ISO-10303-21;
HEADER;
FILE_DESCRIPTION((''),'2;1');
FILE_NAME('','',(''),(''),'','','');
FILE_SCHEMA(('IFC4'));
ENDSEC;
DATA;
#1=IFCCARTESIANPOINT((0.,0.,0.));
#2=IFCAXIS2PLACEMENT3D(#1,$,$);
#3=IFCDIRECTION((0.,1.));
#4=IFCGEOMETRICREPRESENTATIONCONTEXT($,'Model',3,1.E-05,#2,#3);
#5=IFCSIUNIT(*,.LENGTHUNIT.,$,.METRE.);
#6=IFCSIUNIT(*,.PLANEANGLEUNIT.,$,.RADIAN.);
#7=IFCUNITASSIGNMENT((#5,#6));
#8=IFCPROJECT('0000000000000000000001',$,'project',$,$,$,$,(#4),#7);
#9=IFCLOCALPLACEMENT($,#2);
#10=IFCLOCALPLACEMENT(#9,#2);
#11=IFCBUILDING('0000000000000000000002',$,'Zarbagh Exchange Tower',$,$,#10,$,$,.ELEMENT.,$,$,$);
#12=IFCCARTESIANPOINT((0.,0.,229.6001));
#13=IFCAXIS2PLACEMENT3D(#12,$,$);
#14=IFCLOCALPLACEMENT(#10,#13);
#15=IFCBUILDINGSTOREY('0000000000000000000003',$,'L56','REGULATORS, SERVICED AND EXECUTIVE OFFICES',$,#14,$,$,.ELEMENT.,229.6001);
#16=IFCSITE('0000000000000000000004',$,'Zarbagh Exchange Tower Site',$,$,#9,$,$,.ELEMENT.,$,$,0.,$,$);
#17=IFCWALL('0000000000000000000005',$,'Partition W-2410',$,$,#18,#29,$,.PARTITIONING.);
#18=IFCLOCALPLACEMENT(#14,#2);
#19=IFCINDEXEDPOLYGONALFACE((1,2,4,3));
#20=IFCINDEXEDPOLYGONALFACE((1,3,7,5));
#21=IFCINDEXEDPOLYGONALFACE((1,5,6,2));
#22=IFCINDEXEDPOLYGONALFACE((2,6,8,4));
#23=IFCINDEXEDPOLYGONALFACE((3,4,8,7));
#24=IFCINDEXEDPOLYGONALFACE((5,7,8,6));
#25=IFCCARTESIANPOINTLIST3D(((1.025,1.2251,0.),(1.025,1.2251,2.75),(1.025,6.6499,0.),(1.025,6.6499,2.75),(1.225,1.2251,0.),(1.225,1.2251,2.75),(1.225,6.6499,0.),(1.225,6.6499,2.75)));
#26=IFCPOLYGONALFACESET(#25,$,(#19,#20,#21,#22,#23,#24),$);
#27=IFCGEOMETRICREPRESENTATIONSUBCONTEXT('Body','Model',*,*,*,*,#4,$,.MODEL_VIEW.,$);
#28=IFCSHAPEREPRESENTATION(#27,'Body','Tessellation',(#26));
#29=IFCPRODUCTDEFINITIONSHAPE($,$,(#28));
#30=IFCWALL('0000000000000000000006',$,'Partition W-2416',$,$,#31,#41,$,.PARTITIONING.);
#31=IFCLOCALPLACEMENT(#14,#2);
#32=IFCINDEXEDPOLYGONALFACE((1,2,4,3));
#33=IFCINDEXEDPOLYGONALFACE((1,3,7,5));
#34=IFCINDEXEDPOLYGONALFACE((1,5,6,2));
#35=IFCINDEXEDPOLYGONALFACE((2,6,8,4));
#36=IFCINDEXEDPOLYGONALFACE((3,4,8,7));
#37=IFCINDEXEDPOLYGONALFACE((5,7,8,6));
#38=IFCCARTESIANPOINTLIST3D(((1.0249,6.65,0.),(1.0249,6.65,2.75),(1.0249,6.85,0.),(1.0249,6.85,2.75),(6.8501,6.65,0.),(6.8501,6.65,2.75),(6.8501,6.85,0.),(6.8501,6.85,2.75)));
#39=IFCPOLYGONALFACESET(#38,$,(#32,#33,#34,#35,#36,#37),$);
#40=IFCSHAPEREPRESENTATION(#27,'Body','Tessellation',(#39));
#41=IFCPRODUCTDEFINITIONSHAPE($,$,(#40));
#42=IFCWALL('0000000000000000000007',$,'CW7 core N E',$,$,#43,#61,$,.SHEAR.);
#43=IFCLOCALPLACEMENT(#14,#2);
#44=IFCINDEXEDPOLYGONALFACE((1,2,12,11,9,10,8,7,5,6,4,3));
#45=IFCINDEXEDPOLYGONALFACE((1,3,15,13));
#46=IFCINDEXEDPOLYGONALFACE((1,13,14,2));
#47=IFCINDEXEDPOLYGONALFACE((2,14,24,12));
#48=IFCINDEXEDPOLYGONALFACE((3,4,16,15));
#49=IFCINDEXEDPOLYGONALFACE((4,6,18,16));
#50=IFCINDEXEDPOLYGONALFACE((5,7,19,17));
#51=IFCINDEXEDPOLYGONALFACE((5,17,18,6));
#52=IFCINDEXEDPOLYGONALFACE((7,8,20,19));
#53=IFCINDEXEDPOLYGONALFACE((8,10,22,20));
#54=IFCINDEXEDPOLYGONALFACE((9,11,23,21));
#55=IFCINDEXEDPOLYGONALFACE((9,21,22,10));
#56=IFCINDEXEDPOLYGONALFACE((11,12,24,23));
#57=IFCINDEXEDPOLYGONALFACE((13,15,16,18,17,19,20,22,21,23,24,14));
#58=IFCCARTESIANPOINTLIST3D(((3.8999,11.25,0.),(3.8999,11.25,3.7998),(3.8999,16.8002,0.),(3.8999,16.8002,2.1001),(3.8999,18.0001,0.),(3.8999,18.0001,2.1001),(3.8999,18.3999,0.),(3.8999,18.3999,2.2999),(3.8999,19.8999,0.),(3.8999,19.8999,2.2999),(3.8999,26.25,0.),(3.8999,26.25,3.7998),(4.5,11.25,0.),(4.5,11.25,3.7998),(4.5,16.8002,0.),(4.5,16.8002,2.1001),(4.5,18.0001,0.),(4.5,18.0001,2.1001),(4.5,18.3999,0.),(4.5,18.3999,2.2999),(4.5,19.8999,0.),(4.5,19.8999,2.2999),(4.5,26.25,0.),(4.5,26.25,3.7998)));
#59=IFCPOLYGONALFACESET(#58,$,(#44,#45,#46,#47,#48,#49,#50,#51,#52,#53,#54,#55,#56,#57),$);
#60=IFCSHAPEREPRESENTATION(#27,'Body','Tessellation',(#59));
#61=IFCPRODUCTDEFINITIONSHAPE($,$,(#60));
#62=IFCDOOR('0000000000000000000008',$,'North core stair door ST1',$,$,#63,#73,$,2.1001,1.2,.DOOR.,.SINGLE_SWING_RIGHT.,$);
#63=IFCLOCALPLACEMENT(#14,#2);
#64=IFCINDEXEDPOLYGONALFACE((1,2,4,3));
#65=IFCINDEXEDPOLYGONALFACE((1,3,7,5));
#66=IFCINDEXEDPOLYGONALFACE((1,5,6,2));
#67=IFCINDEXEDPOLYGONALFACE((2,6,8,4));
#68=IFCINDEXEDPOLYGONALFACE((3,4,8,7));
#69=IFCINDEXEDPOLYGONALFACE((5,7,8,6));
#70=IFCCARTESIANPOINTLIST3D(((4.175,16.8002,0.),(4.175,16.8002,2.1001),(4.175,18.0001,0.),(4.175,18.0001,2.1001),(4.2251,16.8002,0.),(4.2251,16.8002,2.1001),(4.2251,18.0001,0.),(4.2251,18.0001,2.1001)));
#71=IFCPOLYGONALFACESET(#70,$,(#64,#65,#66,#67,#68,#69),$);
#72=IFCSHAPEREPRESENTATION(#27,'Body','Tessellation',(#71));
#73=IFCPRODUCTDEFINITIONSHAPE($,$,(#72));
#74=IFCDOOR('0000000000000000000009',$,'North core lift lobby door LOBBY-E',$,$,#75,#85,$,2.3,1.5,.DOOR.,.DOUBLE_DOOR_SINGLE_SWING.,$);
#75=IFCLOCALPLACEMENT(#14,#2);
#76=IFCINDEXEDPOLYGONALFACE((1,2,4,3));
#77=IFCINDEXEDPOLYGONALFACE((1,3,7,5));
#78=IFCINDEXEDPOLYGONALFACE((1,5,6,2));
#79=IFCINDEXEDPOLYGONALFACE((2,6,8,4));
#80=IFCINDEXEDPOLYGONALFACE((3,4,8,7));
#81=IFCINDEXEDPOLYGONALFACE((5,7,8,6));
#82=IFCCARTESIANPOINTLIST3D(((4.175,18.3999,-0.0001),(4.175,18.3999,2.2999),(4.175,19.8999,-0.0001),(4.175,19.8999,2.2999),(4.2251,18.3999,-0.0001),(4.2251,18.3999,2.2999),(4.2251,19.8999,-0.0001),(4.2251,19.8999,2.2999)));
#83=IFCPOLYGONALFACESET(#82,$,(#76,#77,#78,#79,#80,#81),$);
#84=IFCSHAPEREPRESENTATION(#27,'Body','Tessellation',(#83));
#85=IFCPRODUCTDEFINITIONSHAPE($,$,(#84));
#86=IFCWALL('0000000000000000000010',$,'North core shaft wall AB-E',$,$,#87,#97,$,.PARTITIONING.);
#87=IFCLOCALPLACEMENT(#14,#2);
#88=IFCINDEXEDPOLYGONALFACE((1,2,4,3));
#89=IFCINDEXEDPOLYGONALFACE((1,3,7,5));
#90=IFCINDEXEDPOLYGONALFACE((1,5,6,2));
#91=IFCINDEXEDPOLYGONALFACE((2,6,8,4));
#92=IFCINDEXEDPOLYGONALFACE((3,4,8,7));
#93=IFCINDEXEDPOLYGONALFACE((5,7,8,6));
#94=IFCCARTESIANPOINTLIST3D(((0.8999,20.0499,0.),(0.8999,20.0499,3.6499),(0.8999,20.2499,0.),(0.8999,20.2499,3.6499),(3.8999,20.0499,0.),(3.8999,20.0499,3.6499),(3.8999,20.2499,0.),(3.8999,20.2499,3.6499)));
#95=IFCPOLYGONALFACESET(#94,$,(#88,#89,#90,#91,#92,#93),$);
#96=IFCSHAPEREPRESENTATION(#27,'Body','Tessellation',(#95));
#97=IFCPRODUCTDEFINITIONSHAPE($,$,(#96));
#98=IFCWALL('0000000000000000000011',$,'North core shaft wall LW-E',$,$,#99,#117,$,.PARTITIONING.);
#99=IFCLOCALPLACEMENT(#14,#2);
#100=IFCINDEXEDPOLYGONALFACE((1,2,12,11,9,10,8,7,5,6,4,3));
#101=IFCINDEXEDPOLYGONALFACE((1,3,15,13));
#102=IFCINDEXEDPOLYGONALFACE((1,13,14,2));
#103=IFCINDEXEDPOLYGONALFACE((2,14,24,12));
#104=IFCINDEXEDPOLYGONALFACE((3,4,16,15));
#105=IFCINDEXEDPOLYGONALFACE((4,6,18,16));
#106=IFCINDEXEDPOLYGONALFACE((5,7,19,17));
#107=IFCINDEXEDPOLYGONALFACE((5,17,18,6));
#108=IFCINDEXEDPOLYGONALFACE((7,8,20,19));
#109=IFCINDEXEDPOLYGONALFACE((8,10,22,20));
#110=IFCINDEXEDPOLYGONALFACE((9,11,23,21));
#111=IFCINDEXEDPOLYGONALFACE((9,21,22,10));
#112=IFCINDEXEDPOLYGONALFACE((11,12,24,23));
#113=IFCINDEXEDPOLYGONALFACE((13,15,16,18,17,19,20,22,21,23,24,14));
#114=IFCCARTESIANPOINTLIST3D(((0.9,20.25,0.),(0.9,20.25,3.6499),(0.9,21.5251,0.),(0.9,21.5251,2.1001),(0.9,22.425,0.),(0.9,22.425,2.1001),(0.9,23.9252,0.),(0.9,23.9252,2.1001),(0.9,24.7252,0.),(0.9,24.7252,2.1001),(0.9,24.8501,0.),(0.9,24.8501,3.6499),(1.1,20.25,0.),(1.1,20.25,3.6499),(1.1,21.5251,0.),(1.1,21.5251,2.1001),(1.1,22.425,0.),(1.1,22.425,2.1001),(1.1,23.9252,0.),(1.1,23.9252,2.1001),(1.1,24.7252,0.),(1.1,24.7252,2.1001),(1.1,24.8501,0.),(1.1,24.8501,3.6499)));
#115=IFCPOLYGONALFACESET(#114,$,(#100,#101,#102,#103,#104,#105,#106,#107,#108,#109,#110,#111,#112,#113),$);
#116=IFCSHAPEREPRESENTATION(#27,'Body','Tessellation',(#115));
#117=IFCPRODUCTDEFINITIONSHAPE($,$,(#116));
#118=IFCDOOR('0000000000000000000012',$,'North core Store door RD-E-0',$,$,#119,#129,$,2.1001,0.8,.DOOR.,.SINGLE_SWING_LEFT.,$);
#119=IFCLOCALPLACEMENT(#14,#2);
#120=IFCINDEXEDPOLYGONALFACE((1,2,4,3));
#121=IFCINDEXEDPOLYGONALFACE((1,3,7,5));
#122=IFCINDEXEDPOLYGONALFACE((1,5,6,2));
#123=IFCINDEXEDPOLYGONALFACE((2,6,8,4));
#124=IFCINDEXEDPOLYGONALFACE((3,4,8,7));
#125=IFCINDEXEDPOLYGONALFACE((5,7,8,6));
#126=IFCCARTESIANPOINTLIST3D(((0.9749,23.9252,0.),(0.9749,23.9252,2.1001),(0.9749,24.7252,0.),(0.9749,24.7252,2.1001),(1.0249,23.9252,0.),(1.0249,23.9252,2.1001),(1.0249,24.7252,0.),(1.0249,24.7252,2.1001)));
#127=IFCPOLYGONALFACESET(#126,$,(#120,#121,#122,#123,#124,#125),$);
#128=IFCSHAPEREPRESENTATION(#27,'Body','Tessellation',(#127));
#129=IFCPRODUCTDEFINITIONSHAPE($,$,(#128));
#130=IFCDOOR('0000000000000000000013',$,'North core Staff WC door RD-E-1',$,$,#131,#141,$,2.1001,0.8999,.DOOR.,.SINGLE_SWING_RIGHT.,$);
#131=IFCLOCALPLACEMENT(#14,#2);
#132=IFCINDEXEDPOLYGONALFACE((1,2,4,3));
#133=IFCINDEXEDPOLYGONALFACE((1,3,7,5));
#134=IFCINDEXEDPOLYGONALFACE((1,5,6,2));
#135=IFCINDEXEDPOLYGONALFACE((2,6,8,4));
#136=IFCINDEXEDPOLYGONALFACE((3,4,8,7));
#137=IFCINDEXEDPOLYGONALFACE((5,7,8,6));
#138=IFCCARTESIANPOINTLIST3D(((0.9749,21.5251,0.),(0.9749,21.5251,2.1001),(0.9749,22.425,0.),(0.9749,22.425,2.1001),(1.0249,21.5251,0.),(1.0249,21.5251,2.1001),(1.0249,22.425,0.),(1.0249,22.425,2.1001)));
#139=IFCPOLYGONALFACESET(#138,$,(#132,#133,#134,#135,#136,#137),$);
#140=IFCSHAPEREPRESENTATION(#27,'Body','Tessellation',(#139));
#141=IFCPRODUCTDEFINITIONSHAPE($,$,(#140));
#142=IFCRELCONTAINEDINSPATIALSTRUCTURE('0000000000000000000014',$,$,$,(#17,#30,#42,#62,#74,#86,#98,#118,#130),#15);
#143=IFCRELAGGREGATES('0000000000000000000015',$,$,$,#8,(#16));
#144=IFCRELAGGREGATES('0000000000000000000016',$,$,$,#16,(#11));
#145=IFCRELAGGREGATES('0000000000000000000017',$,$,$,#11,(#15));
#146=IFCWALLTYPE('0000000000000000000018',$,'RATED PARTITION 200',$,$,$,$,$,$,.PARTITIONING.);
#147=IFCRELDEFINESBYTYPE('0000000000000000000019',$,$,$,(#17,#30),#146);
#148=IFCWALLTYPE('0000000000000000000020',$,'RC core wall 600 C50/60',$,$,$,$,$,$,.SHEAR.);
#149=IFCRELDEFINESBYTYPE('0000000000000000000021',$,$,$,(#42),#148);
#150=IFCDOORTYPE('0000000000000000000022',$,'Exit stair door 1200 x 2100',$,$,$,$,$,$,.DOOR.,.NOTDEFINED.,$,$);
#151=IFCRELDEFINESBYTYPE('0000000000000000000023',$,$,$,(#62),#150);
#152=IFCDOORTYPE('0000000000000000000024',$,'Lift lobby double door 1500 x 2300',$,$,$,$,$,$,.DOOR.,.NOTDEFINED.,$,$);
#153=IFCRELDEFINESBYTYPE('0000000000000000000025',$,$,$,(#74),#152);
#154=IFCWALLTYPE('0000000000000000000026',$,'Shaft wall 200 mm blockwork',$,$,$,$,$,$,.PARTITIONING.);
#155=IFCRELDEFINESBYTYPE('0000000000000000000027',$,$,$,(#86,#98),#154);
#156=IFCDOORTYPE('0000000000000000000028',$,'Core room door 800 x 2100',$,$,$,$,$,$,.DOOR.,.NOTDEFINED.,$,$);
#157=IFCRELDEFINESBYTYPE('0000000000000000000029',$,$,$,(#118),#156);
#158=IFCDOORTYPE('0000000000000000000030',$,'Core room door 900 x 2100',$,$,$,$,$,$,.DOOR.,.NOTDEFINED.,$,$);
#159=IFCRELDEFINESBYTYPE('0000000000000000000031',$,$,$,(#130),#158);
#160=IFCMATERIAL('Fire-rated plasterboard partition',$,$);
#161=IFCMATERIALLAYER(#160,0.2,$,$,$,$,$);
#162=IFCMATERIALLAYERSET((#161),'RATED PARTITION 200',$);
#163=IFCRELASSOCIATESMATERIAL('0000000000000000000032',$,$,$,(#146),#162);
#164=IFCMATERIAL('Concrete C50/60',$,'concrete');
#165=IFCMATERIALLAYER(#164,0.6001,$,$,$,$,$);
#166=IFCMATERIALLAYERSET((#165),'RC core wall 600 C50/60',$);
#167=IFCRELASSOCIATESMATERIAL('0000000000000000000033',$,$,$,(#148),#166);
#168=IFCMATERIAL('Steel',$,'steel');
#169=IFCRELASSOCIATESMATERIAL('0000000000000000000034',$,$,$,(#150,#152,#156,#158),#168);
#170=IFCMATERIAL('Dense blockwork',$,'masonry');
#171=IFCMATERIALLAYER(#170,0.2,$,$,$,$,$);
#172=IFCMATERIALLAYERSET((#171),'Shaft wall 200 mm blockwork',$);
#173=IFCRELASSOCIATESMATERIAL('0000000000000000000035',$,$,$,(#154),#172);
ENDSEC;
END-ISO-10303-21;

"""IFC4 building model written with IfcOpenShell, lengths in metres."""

from ifc_helpers import new_model, si_unit, direction, frame, frame_2d, origin, place, context, subcontext, project, spatial, rectangle, extrude, material, layer, layer_set, type_object, element, fill, save


model = new_model("IFC4")

# Units and contexts
model_context = context("Model", 3, precision=1e-05, world=origin(), true_north=direction((0.0, 1.0)))
body_context = subcontext(model_context, "Body", "Model", "MODEL_VIEW")
ifc_project = project(units=[si_unit("LENGTHUNIT", "METRE"), si_unit("PLANEANGLEUNIT", "RADIAN")], contexts=[model_context])

# Site, building, storey
site_placement = place(None, origin())
site = spatial("IfcSite", under=ifc_project, at=site_placement, Name="Zarbagh Exchange Tower Site", CompositionType="ELEMENT", RefElevation=0.0)
building_placement = place(site_placement, origin())
building = spatial("IfcBuilding", under=site, at=building_placement, Name="Zarbagh Exchange Tower", CompositionType="ELEMENT")
storey_placement = place(building_placement, frame((0.0, 0.0, 229.6001)))
storey = spatial("IfcBuildingStorey", under=building, at=storey_placement, Name="L56", Description="REGULATORS, SERVICED AND EXECUTIVE OFFICES", CompositionType="ELEMENT", Elevation=229.6001)

# Shared definitions
ifc_material_1 = material(Name="Concrete C50/60", Category="concrete")

# Shared definitions
ifc_material_2 = material(Name="Dense blockwork", Category="masonry")

# Shared definitions
ifc_material_3 = material(Name="Fire-rated plasterboard partition")
ifc_layer_1 = layer(ifc_material_3, 0.2)
ifc_layer_set_1 = layer_set([ifc_layer_1], Name="RATED PARTITION 200")
wall_type_1 = type_object("IfcWallType", Name="RATED PARTITION 200", PredefinedType="PARTITIONING", material=ifc_layer_set_1)

# Walls
wall_1_placement = place(storey_placement, frame((1.125, 1.2251, 0.0), z_axis=(0.0, 0.0, 1.0), x_axis=(0.0, 1.0, 0.0)))
element("IfcWall", 1, at=wall_1_placement, inside=storey, type_object=wall_type_1, Name="Partition W-2410", PredefinedType="PARTITIONING", context=body_context, shape_type="SweptSolid", body=[
    extrude(rectangle(XDim=5.4248, YDim=0.2, at=frame_2d((2.7124, 0.0))), origin(), (0.0, 0.0, 1.0), 2.75),
])
wall_2_placement = place(storey_placement, frame((1.0249, 6.75, 0.0), z_axis=(0.0, 0.0, 1.0), x_axis=(1.0, 0.0, 0.0)))
element("IfcWall", 2, at=wall_2_placement, inside=storey, type_object=wall_type_1, Name="Partition W-2416", PredefinedType="PARTITIONING", context=body_context, shape_type="SweptSolid", body=[
    extrude(rectangle(XDim=5.8252, YDim=0.2, at=frame_2d((2.9126, 0.0))), origin(), (0.0, 0.0, 1.0), 2.75),
])

# Wall, openings, doors
ifc_layer_2 = layer(ifc_material_1, 0.6001)
ifc_layer_set_2 = layer_set([ifc_layer_2], Name="RC core wall 600 C50/60")
wall_type_2 = type_object("IfcWallType", Name="RC core wall 600 C50/60", PredefinedType="SHEAR", material=ifc_layer_set_2)
wall_3_placement = place(storey_placement, frame((4.2, 11.25, 0.0), z_axis=(0.0, 0.0, 1.0), x_axis=(0.0, 1.0, 0.0)))
wall_3 = element("IfcWall", 3, at=wall_3_placement, inside=storey, type_object=wall_type_2, Name="CW7 core N E", PredefinedType="SHEAR", context=body_context, shape_type="SweptSolid", body=[
    extrude(rectangle(XDim=15.0, YDim=0.6001, at=frame_2d((7.5, 0.0))), origin(), (0.0, 0.0, 1.0), 3.7998),
])
opening_1_placement = place(wall_3_placement, frame((7.1499, 0.0, 0.0)))
opening_1 = element("IfcOpeningElement", 4, at=opening_1_placement, cuts=wall_3, PredefinedType="OPENING", context=body_context, shape_type="SweptSolid", body=[
    extrude(rectangle(XDim=1.5, YDim=2.3, at=frame_2d((0.75, 1.1499))), frame((0.0, 0.3101, 0.0), z_axis=(0.0, -1.0, 0.0), x_axis=(1.0, 0.0, 0.0)), (0.0, 0.0, 1.0), 0.6201),
])
opening_2_placement = place(wall_3_placement, frame((5.55, 0.0, 0.0)))
opening_2 = element("IfcOpeningElement", 5, at=opening_2_placement, cuts=wall_3, PredefinedType="OPENING", context=body_context, shape_type="SweptSolid", body=[
    extrude(rectangle(XDim=1.2, YDim=2.1001, at=frame_2d((0.6001, 1.05))), frame((0.0, 0.3101, 0.0), z_axis=(0.0, -1.0, 0.0), x_axis=(1.0, 0.0, 0.0)), (0.0, 0.0, 1.0), 0.6201),
])
ifc_material_4 = material(Name="Steel", Category="steel")
door_type_1 = type_object("IfcDoorType", Name="Exit stair door 1200 x 2100", OperationType="NOTDEFINED", PredefinedType="DOOR", material=ifc_material_4)
door_1_placement = place(opening_2_placement, origin())
door_1 = element("IfcDoor", 6, at=door_1_placement, inside=storey, type_object=door_type_1, Name="North core stair door ST1", OperationType="SINGLE_SWING_RIGHT", OverallHeight=2.1001, OverallWidth=1.2, PredefinedType="DOOR", context=body_context, shape_type="SweptSolid", body=[
    extrude(rectangle(XDim=1.2, YDim=2.1001, at=frame_2d((0.6001, 1.05))), frame((0.0, 0.0249, 0.0), z_axis=(0.0, -1.0, 0.0), x_axis=(1.0, 0.0, 0.0)), (0.0, 0.0, 1.0), 0.05),
])
fill(opening_2, door_1)
door_type_2 = type_object("IfcDoorType", Name="Lift lobby double door 1500 x 2300", OperationType="NOTDEFINED", PredefinedType="DOOR", material=ifc_material_4)
door_2_placement = place(opening_1_placement, origin())
door_2 = element("IfcDoor", 7, at=door_2_placement, inside=storey, type_object=door_type_2, Name="North core lift lobby door LOBBY-E", OperationType="DOUBLE_DOOR_SINGLE_SWING", OverallHeight=2.3, OverallWidth=1.5, PredefinedType="DOOR", context=body_context, shape_type="SweptSolid", body=[
    extrude(rectangle(XDim=1.5, YDim=2.3, at=frame_2d((0.75, 1.1499))), frame((0.0, 0.0249, 0.0), z_axis=(0.0, -1.0, 0.0), x_axis=(1.0, 0.0, 0.0)), (0.0, 0.0, 1.0), 0.05),
])
fill(opening_1, door_2)

# Wall
ifc_layer_3 = layer(ifc_material_2, 0.2)
ifc_layer_set_3 = layer_set([ifc_layer_3], Name="Shaft wall 200 mm blockwork")
wall_type_3 = type_object("IfcWallType", Name="Shaft wall 200 mm blockwork", PredefinedType="PARTITIONING", material=ifc_layer_set_3)
wall_4_placement = place(storey_placement, frame((0.8999, 20.1499, 0.0), z_axis=(0.0, 0.0, 1.0), x_axis=(1.0, 0.0, 0.0)))
element("IfcWall", 8, at=wall_4_placement, inside=storey, type_object=wall_type_3, Name="North core shaft wall AB-E", PredefinedType="PARTITIONING", context=body_context, shape_type="SweptSolid", body=[
    extrude(rectangle(XDim=3.0, YDim=0.2, at=frame_2d((1.5, 0.0))), origin(), (0.0, 0.0, 1.0), 3.6499),
])

# Wall, openings, doors
wall_5_placement = place(storey_placement, frame((1.0, 24.8501, 0.0), z_axis=(0.0, 0.0, 1.0), x_axis=(0.0, -1.0, 0.0)))
wall_5 = element("IfcWall", 9, at=wall_5_placement, inside=storey, type_object=wall_type_3, Name="North core shaft wall LW-E", PredefinedType="PARTITIONING", context=body_context, shape_type="SweptSolid", body=[
    extrude(rectangle(XDim=4.6001, YDim=0.2, at=frame_2d((2.3, 0.0))), origin(), (0.0, 0.0, 1.0), 3.6499),
])
opening_3_placement = place(wall_5_placement, frame((0.125, 0.0, 0.0)))
opening_3 = element("IfcOpeningElement", 10, at=opening_3_placement, cuts=wall_5, PredefinedType="OPENING", context=body_context, shape_type="SweptSolid", body=[
    extrude(rectangle(XDim=0.8, YDim=2.1001, at=frame_2d((0.3999, 1.05))), frame((0.0, 0.1099, 0.0), z_axis=(0.0, -1.0, 0.0), x_axis=(1.0, 0.0, 0.0)), (0.0, 0.0, 1.0), 0.22),
])
opening_4_placement = place(wall_5_placement, frame((2.425, 0.0, 0.0)))
opening_4 = element("IfcOpeningElement", 11, at=opening_4_placement, cuts=wall_5, PredefinedType="OPENING", context=body_context, shape_type="SweptSolid", body=[
    extrude(rectangle(XDim=0.8999, YDim=2.1001, at=frame_2d((0.45, 1.05))), frame((0.0, 0.1099, 0.0), z_axis=(0.0, -1.0, 0.0), x_axis=(1.0, 0.0, 0.0)), (0.0, 0.0, 1.0), 0.22),
])
door_type_3 = type_object("IfcDoorType", Name="Core room door 800 x 2100", OperationType="NOTDEFINED", PredefinedType="DOOR", material=ifc_material_4)
door_3_placement = place(opening_3_placement, origin())
door_3 = element("IfcDoor", 12, at=door_3_placement, inside=storey, type_object=door_type_3, Name="North core Store door RD-E-0", OperationType="SINGLE_SWING_LEFT", OverallHeight=2.1001, OverallWidth=0.8, PredefinedType="DOOR", context=body_context, shape_type="SweptSolid", body=[
    extrude(rectangle(XDim=0.8, YDim=2.1001, at=frame_2d((0.3999, 1.05))), frame((0.0, 0.0249, 0.0), z_axis=(0.0, -1.0, 0.0), x_axis=(1.0, 0.0, 0.0)), (0.0, 0.0, 1.0), 0.05),
])
fill(opening_3, door_3)
door_type_4 = type_object("IfcDoorType", Name="Core room door 900 x 2100", OperationType="NOTDEFINED", PredefinedType="DOOR", material=ifc_material_4)
door_4_placement = place(opening_4_placement, origin())
door_4 = element("IfcDoor", 13, at=door_4_placement, inside=storey, type_object=door_type_4, Name="North core Staff WC door RD-E-1", OperationType="SINGLE_SWING_RIGHT", OverallHeight=2.1001, OverallWidth=0.8999, PredefinedType="DOOR", context=body_context, shape_type="SweptSolid", body=[
    extrude(rectangle(XDim=0.8999, YDim=2.1001, at=frame_2d((0.45, 1.05))), frame((0.0, 0.0249, 0.0), z_axis=(0.0, -1.0, 0.0), x_axis=(1.0, 0.0, 0.0)), (0.0, 0.0, 1.0), 0.05),
])
fill(opening_4, door_4)

save(model, "model.ifc")
